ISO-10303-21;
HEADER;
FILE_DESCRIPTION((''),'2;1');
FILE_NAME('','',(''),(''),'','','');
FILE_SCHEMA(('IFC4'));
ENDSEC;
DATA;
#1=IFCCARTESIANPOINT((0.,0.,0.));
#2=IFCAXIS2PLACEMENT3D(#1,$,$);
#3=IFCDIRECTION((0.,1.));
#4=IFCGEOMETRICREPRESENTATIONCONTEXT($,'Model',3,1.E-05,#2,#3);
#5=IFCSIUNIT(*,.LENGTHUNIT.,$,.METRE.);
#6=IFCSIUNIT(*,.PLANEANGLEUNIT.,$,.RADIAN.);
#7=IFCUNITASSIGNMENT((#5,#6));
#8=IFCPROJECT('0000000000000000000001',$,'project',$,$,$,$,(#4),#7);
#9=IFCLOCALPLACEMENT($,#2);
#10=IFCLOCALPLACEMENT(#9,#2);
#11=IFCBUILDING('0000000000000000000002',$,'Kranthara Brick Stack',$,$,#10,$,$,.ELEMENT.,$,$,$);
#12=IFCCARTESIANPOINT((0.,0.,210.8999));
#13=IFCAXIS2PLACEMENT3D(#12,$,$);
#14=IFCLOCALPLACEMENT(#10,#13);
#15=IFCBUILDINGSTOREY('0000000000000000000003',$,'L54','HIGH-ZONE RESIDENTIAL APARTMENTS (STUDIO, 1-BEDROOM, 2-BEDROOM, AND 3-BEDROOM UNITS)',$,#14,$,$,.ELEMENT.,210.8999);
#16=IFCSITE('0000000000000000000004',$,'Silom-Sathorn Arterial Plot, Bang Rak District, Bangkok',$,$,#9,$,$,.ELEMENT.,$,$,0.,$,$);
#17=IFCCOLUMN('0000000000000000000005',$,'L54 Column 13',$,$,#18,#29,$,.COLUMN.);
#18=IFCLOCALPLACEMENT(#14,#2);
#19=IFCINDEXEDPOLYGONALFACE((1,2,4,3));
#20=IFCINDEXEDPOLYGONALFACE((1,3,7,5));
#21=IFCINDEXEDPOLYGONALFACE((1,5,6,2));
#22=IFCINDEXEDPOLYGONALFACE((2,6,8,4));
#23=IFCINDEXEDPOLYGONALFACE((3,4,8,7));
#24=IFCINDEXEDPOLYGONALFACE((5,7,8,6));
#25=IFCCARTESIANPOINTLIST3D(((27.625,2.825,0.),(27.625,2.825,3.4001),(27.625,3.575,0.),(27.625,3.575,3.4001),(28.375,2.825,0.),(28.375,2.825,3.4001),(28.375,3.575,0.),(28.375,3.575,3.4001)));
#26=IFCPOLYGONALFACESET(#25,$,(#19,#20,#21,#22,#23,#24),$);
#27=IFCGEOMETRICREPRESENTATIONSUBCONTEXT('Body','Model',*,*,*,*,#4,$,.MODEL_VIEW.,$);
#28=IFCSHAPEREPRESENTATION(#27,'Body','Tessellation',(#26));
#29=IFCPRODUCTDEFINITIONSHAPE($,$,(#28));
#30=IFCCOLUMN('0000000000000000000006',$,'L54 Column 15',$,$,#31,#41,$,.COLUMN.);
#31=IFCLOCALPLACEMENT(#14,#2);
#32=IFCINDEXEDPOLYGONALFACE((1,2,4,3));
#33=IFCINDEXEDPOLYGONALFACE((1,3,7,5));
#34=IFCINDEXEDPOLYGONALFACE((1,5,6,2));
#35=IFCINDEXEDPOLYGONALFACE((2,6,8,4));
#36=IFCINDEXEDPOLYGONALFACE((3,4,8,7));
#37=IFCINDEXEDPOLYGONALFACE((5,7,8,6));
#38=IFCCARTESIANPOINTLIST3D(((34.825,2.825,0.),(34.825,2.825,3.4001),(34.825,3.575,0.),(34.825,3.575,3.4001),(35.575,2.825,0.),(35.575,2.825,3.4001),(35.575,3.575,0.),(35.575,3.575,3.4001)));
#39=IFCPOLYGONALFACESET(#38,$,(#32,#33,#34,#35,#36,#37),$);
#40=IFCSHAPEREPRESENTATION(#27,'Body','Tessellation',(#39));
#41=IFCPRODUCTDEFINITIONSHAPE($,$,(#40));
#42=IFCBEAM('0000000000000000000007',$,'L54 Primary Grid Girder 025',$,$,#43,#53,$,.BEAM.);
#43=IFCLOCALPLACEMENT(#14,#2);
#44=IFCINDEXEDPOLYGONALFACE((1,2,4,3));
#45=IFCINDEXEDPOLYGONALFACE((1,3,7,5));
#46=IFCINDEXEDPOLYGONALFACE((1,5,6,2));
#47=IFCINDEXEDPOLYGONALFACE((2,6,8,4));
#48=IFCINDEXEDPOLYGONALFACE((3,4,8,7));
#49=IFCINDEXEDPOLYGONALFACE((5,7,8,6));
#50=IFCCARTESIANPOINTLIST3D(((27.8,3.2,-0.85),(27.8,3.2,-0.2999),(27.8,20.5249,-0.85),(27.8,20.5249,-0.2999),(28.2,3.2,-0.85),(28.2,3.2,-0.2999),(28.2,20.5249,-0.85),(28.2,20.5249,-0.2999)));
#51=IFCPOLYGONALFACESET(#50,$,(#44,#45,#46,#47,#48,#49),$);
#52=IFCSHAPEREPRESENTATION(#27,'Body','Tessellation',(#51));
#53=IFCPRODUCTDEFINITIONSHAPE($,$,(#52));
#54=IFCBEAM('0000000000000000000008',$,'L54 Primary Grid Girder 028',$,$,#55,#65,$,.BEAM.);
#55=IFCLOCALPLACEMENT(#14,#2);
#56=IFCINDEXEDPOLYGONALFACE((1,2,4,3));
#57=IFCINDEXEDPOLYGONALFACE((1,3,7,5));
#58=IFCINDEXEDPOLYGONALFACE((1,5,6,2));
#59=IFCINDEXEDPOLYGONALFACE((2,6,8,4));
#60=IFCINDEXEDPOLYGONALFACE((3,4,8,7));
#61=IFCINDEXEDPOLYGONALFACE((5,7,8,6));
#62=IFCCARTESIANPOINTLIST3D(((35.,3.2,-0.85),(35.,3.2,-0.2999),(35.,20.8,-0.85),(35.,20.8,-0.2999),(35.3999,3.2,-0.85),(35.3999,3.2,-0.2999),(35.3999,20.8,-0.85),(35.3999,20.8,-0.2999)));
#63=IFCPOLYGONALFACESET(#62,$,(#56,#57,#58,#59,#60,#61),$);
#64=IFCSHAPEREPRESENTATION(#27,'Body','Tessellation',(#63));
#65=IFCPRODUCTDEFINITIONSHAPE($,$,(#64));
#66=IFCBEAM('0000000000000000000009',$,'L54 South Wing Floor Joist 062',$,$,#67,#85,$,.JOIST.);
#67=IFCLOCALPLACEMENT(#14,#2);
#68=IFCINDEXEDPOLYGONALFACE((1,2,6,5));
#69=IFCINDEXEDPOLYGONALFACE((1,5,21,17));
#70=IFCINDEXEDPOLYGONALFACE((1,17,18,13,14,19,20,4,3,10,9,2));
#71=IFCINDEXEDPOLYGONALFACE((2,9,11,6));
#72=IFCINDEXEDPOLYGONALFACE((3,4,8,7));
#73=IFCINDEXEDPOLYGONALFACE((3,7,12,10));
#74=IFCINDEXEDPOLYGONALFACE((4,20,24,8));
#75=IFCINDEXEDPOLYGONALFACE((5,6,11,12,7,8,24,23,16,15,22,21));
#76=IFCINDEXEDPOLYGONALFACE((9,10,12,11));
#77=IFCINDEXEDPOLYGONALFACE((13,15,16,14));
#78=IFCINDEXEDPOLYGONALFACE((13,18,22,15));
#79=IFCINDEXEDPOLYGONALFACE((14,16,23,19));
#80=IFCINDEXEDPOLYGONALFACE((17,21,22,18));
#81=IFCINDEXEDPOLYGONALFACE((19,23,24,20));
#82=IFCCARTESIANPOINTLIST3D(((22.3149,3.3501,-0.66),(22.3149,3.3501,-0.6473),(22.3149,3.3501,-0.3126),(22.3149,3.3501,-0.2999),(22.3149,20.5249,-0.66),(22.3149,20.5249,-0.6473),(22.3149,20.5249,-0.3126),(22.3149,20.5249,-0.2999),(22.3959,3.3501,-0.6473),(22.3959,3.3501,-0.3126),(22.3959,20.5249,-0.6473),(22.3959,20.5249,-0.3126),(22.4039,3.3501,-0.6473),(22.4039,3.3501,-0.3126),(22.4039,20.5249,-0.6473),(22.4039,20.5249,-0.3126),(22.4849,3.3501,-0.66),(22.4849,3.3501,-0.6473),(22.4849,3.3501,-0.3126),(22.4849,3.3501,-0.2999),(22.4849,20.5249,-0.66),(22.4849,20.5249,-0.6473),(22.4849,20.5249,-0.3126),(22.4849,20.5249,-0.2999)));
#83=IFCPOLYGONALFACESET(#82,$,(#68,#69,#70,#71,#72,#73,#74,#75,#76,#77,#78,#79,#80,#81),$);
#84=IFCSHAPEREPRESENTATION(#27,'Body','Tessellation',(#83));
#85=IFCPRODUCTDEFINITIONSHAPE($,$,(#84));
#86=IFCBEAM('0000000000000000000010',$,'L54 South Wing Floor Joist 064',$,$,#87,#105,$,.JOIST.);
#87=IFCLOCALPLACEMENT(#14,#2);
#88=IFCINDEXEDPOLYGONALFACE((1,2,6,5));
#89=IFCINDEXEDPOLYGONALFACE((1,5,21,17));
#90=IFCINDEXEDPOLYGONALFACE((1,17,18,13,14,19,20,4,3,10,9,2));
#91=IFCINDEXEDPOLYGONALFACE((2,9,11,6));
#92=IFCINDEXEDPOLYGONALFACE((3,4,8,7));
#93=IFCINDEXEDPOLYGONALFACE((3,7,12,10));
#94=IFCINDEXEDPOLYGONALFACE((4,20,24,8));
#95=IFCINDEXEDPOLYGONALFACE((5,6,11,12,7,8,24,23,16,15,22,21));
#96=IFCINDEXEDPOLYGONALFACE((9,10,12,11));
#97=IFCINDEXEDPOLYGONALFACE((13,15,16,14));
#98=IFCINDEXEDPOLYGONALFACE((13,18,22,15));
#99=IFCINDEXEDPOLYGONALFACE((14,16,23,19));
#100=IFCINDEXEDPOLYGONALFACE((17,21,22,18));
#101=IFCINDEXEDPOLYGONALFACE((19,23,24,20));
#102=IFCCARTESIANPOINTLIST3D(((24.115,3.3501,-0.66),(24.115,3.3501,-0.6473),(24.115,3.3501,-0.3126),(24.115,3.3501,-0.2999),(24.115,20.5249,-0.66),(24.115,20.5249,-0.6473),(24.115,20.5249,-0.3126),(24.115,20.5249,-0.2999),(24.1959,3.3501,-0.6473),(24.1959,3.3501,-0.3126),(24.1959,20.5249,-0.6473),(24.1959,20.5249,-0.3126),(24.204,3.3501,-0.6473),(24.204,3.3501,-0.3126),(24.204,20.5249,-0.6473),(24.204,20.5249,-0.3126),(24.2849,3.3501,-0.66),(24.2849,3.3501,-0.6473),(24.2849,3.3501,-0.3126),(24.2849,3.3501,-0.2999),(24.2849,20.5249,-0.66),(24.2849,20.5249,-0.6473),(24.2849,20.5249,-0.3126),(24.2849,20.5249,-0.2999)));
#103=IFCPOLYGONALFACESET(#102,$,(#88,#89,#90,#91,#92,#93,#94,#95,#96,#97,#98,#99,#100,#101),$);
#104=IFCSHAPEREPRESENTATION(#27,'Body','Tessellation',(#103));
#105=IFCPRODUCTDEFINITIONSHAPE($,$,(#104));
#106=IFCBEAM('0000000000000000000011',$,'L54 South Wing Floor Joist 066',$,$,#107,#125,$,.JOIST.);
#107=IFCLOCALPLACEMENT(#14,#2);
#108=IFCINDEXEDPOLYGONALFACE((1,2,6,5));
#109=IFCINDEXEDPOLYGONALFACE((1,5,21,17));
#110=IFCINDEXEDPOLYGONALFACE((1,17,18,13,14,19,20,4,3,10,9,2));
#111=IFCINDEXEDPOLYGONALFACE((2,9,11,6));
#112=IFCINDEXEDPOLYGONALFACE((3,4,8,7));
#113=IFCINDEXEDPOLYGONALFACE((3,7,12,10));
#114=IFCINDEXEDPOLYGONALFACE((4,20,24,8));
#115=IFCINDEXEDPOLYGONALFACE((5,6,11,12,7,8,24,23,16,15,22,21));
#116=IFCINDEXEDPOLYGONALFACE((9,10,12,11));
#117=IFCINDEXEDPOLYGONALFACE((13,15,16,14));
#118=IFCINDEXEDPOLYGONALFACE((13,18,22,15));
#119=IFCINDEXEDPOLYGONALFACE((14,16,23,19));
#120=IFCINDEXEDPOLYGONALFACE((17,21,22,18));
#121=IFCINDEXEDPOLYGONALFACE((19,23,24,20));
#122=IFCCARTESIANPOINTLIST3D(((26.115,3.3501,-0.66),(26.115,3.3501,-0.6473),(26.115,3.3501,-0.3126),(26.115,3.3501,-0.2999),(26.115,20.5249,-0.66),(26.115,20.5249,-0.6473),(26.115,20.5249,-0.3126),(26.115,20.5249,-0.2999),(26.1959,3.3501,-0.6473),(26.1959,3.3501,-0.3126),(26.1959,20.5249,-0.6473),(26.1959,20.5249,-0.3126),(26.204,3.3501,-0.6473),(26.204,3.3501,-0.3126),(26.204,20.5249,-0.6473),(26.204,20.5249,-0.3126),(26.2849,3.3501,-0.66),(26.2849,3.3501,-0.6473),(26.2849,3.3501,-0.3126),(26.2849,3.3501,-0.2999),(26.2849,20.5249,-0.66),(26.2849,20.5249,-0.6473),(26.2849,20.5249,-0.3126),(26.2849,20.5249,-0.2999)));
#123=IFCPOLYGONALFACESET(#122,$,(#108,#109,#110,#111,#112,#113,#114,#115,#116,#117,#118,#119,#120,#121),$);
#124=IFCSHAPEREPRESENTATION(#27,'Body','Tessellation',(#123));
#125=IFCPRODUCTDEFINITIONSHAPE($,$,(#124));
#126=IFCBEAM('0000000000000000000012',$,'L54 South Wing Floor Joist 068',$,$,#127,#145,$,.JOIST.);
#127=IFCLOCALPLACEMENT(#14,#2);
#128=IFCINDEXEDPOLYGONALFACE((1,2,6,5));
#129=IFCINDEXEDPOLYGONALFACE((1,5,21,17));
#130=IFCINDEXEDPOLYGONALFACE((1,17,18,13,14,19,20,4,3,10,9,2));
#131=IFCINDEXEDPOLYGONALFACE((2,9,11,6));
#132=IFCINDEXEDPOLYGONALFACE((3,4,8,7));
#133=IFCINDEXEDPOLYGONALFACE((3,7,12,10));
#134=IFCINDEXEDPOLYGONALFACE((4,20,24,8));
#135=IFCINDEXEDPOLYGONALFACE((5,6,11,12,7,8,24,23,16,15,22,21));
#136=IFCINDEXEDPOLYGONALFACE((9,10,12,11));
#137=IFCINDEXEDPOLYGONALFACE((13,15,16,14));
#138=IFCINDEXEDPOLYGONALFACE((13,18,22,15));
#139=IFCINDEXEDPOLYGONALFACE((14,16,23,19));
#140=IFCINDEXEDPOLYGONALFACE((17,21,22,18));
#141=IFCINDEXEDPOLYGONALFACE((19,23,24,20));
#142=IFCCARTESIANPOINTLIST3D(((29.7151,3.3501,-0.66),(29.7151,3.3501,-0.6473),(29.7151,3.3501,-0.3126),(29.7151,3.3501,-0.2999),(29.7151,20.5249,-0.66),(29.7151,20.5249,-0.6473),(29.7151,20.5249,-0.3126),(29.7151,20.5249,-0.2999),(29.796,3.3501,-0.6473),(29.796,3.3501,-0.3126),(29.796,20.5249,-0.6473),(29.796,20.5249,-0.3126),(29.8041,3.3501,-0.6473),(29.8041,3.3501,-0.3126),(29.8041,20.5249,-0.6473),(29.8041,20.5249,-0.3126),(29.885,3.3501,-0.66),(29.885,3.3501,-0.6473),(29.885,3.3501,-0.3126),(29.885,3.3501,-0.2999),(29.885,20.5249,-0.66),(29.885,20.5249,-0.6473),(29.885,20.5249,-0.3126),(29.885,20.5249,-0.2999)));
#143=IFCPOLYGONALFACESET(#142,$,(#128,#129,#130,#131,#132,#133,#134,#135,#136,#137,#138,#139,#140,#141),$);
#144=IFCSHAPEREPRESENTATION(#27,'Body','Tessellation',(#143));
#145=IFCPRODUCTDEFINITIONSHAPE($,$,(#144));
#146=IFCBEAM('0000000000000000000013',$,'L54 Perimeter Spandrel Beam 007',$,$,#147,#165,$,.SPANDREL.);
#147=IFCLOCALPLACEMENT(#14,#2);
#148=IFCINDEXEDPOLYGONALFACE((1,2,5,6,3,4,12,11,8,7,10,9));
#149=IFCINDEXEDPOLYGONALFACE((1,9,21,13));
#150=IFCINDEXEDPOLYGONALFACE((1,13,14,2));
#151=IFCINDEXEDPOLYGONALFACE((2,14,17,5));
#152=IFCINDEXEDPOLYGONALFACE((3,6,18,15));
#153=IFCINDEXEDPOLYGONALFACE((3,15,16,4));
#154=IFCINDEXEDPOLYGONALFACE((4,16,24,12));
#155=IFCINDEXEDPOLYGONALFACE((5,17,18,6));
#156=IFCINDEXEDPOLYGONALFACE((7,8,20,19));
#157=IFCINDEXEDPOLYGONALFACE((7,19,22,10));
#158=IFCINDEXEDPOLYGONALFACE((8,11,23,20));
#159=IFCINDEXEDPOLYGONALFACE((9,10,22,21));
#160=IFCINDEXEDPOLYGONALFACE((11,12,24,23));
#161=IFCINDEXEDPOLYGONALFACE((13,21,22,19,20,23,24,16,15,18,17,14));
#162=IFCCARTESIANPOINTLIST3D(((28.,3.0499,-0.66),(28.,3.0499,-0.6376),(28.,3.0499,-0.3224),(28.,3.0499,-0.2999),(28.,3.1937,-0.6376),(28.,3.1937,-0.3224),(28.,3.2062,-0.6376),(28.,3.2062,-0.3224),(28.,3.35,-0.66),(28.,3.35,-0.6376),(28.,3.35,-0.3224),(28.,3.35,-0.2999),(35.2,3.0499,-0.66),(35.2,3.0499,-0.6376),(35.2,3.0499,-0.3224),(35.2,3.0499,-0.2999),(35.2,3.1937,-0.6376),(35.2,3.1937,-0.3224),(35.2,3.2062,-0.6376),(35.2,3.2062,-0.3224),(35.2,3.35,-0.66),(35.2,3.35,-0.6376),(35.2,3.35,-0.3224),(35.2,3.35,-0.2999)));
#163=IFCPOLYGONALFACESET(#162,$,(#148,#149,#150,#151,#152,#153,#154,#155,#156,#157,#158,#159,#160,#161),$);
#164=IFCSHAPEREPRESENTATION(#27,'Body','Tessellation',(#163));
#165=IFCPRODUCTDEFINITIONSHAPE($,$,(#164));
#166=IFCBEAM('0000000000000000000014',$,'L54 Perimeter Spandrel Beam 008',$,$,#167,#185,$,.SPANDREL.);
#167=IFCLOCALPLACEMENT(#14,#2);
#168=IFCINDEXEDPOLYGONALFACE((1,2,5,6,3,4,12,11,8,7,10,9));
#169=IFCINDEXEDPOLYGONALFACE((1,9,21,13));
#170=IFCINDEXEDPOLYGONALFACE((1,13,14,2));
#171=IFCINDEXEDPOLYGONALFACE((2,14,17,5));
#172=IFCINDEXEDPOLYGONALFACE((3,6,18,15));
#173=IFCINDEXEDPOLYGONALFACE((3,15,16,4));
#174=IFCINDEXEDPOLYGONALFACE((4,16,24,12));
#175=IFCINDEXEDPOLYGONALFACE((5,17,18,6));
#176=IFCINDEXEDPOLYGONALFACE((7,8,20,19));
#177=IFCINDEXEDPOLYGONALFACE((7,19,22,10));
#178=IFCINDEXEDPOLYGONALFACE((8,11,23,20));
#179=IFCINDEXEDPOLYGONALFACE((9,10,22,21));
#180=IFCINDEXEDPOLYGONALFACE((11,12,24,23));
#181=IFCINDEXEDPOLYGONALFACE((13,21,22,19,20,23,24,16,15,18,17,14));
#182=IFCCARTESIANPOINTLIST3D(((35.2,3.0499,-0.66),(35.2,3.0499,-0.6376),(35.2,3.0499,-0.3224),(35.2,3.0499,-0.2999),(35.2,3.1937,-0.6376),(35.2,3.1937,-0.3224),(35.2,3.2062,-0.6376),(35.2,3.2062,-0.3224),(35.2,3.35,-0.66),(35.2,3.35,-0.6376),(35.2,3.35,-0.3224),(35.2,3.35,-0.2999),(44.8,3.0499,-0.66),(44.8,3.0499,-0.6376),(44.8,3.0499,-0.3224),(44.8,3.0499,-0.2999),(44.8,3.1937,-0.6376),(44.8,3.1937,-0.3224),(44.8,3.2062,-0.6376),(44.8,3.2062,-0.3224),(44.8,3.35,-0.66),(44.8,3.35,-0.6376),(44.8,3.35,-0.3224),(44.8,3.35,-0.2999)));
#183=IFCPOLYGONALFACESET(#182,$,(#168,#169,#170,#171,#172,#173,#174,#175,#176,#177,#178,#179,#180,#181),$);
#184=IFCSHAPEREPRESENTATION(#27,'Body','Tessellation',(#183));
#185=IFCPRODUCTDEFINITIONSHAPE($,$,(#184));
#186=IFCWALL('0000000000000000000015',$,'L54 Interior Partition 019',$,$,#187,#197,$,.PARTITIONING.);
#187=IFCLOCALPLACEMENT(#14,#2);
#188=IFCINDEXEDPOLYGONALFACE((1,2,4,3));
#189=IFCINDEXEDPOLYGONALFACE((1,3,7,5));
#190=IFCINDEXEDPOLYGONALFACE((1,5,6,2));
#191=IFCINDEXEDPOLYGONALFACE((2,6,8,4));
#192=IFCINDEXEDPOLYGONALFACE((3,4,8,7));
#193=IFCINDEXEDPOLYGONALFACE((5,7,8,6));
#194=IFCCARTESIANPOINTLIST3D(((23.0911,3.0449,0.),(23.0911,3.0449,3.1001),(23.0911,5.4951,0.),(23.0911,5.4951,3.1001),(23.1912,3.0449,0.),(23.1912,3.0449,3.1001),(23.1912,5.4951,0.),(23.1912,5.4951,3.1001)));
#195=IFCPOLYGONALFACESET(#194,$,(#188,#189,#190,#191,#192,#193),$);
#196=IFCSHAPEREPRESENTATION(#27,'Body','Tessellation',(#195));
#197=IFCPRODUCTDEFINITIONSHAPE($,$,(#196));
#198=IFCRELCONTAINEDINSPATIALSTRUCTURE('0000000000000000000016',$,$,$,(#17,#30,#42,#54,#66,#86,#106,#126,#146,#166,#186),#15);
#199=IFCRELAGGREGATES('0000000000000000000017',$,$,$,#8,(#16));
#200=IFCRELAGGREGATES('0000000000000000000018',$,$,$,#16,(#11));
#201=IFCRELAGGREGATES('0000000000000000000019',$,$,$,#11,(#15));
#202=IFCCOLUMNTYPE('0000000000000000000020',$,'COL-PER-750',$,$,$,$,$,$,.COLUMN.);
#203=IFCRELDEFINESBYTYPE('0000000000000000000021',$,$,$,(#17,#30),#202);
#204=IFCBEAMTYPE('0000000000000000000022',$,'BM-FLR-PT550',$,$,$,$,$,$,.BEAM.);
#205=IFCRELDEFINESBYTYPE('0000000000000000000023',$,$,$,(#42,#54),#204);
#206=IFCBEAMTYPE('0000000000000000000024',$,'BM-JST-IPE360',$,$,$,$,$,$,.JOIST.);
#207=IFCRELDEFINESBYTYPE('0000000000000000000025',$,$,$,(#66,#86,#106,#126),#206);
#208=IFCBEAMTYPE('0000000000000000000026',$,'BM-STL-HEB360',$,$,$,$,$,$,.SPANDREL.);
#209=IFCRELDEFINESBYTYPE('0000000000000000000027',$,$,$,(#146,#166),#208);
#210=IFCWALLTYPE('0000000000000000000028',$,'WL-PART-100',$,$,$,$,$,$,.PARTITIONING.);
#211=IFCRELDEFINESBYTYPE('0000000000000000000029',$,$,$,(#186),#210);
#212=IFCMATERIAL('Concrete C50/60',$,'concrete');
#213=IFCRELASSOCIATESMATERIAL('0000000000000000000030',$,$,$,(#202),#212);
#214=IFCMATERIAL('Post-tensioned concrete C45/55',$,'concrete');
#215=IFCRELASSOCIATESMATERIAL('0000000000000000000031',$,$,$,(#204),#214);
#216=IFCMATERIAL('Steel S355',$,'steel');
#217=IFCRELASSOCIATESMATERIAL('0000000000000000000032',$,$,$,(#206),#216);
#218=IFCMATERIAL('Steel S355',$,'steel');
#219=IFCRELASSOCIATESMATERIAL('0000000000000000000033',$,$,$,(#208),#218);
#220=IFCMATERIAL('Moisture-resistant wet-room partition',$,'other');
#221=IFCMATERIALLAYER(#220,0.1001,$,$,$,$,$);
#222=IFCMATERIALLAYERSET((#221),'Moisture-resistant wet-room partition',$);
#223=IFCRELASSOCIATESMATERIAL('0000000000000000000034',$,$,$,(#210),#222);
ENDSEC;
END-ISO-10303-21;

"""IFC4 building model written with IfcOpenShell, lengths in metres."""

from ifc_helpers import new_model, si_unit, direction, frame, frame_2d, origin, origin_2d, place, context, subcontext, project, spatial, rectangle, i_section, extrude, material, layer, layer_set, material_profile, profile_set, type_object, element, save


model = new_model("IFC4")

# Units and contexts
model_context = context("Model", 3, precision=1e-05, world=origin(), true_north=direction((0.0, 1.0)))
body_context = subcontext(model_context, "Body", "Model", "MODEL_VIEW")
ifc_project = project(units=[si_unit("LENGTHUNIT", "METRE"), si_unit("PLANEANGLEUNIT", "RADIAN")], contexts=[model_context])

# Site, building, storey
site_placement = place(None, origin())
site = spatial("IfcSite", under=ifc_project, at=site_placement, Name="Silom-Sathorn Arterial Plot, Bang Rak District, Bangkok", CompositionType="ELEMENT", RefElevation=0.0)
building_placement = place(site_placement, origin())
building = spatial("IfcBuilding", under=site, at=building_placement, Name="Kranthara Brick Stack", CompositionType="ELEMENT")
storey_placement = place(building_placement, frame((0.0, 0.0, 210.8999)))
storey = spatial("IfcBuildingStorey", under=building, at=storey_placement, Name="L54", Description="HIGH-ZONE RESIDENTIAL APARTMENTS (STUDIO, 1-BEDROOM, 2-BEDROOM, AND 3-BEDROOM UNITS)", CompositionType="ELEMENT", Elevation=210.8999)

# Columns
ifc_material_1 = material(Name="Concrete C50/60", Category="concrete")
ifc_material_profile_1 = material_profile(ifc_material_1, rectangle(XDim=0.75, YDim=0.75, at=origin_2d()), Name="RC 750x750")
ifc_profile_set_1 = profile_set([ifc_material_profile_1], Name="Concrete C50/60")
column_type = type_object("IfcColumnType", Name="COL-PER-750", PredefinedType="COLUMN", material=ifc_profile_set_1)
for number, where, z_axis, x_axis, name in (
    (1, (28.0, 3.2, 0.0), (0.0, 0.0, 1.0), (1.0, 0.0, 0.0), "L54 Column 13"),
    (2, (35.2, 3.2, 0.0), (0.0, 0.0, 1.0), (1.0, 0.0, 0.0), "L54 Column 15"),
):
    element("IfcColumn", number, at=place(storey_placement, frame(where, z_axis=z_axis, x_axis=x_axis)), inside=storey, type_object=column_type, Name=name, PredefinedType="COLUMN", context=body_context, shape_type="SweptSolid", body=[
        extrude(rectangle(XDim=0.75, YDim=0.75, at=origin_2d()), origin(), (0.0, 0.0, 1.0), 3.4001),
    ])

# Beams
ifc_material_2 = material(Name="Post-tensioned concrete C45/55", Category="concrete")
ifc_material_profile_2 = material_profile(ifc_material_2, rectangle(XDim=0.3999, YDim=0.55, at=origin_2d()), Name="PT 400x550")
ifc_profile_set_2 = profile_set([ifc_material_profile_2], Name="Post-tensioned concrete C45/55")
beam_type_1 = type_object("IfcBeamType", Name="BM-FLR-PT550", PredefinedType="BEAM", material=ifc_profile_set_2)
beam_1_placement = place(storey_placement, frame((28.0, 3.2, -0.575), z_axis=(0.0, 1.0, 0.0), x_axis=(-1.0, 0.0, 0.0)))
element("IfcBeam", 3, at=beam_1_placement, inside=storey, type_object=beam_type_1, Name="L54 Primary Grid Girder 025", PredefinedType="BEAM", context=body_context, shape_type="SweptSolid", body=[
    extrude(rectangle(XDim=0.3999, YDim=0.55, at=origin_2d()), origin(), (0.0, 0.0, 1.0), 17.325),
])
beam_2_placement = place(storey_placement, frame((35.2, 3.2, -0.575), z_axis=(0.0, 1.0, 0.0), x_axis=(-1.0, 0.0, 0.0)))
element("IfcBeam", 4, at=beam_2_placement, inside=storey, type_object=beam_type_1, Name="L54 Primary Grid Girder 028", PredefinedType="BEAM", context=body_context, shape_type="SweptSolid", body=[
    extrude(rectangle(XDim=0.3999, YDim=0.55, at=origin_2d()), origin(), (0.0, 0.0, 1.0), 17.6001),
])
ifc_material_3 = material(Name="Steel S355", Category="steel")
ifc_material_profile_3 = material_profile(ifc_material_3, i_section(OverallWidth=0.1699, OverallDepth=0.3601, WebThickness=0.0081, FlangeThickness=0.0127, at=origin_2d()), Name="IPE 360")
ifc_profile_set_3 = profile_set([ifc_material_profile_3], Name="Steel S355")
beam_type_2 = type_object("IfcBeamType", Name="BM-JST-IPE360", PredefinedType="JOIST", material=ifc_profile_set_3)
for number, where, z_axis, x_axis, name in (
    (5, (22.3999, 3.3501, -0.48), (0.0, 1.0, 0.0), (-1.0, 0.0, 0.0), "L54 South Wing Floor Joist 062"),
    (6, (24.2, 3.3501, -0.48), (0.0, 1.0, 0.0), (-1.0, 0.0, 0.0), "L54 South Wing Floor Joist 064"),
    (7, (26.2, 3.3501, -0.48), (0.0, 1.0, 0.0), (-1.0, 0.0, 0.0), "L54 South Wing Floor Joist 066"),
    (8, (29.8, 3.3501, -0.48), (0.0, 1.0, 0.0), (-1.0, 0.0, 0.0), "L54 South Wing Floor Joist 068"),
):
    element("IfcBeam", number, at=place(storey_placement, frame(where, z_axis=z_axis, x_axis=x_axis)), inside=storey, type_object=beam_type_2, Name=name, PredefinedType="JOIST", context=body_context, shape_type="SweptSolid", body=[
        extrude(i_section(OverallWidth=0.1699, OverallDepth=0.3601, WebThickness=0.0081, FlangeThickness=0.0127, at=origin_2d()), origin(), (0.0, 0.0, 1.0), 17.1748),
    ])
ifc_material_4 = material(Name="Steel S355", Category="steel")
ifc_material_profile_4 = material_profile(ifc_material_4, i_section(OverallWidth=0.3, OverallDepth=0.3601, WebThickness=0.0125, FlangeThickness=0.0225, at=origin_2d()), Name="HEB 360")
ifc_profile_set_4 = profile_set([ifc_material_profile_4], Name="Steel S355")
beam_type_3 = type_object("IfcBeamType", Name="BM-STL-HEB360", PredefinedType="SPANDREL", material=ifc_profile_set_4)
beam_3_placement = place(storey_placement, frame((28.0, 3.2, -0.48), z_axis=(1.0, 0.0, 0.0), x_axis=(0.0, 1.0, 0.0)))
element("IfcBeam", 9, at=beam_3_placement, inside=storey, type_object=beam_type_3, Name="L54 Perimeter Spandrel Beam 007", PredefinedType="SPANDREL", context=body_context, shape_type="SweptSolid", body=[
    extrude(i_section(OverallWidth=0.3, OverallDepth=0.3601, WebThickness=0.0125, FlangeThickness=0.0225, at=origin_2d()), origin(), (0.0, 0.0, 1.0), 7.2),
])
beam_4_placement = place(storey_placement, frame((35.2, 3.2, -0.48), z_axis=(1.0, 0.0, 0.0), x_axis=(0.0, 1.0, 0.0)))
element("IfcBeam", 10, at=beam_4_placement, inside=storey, type_object=beam_type_3, Name="L54 Perimeter Spandrel Beam 008", PredefinedType="SPANDREL", context=body_context, shape_type="SweptSolid", body=[
    extrude(i_section(OverallWidth=0.3, OverallDepth=0.3601, WebThickness=0.0125, FlangeThickness=0.0225, at=origin_2d()), origin(), (0.0, 0.0, 1.0), 9.6001),
])

# Wall
ifc_material_5 = material(Name="Moisture-resistant wet-room partition", Category="other")
ifc_layer_1 = layer(ifc_material_5, 0.1001)
ifc_layer_set_1 = layer_set([ifc_layer_1], Name="Moisture-resistant wet-room partition")
wall_type_1 = type_object("IfcWallType", Name="WL-PART-100", PredefinedType="PARTITIONING", material=ifc_layer_set_1)
for number, where, z_axis, x_axis, name in (
    (11, (23.1411, 3.0449, 0.0), (0.0, 0.0, 1.0), (0.0, 1.0, 0.0), "L54 Interior Partition 019"),
):
    element("IfcWall", number, at=place(storey_placement, frame(where, z_axis=z_axis, x_axis=x_axis)), inside=storey, type_object=wall_type_1, Name=name, PredefinedType="PARTITIONING", context=body_context, shape_type="SweptSolid", body=[
        extrude(rectangle(XDim=2.4502, YDim=0.1001, at=frame_2d((1.2251, 0.0))), origin(), (0.0, 0.0, 1.0), 3.1001),
    ])

save(model, "model.ifc")
